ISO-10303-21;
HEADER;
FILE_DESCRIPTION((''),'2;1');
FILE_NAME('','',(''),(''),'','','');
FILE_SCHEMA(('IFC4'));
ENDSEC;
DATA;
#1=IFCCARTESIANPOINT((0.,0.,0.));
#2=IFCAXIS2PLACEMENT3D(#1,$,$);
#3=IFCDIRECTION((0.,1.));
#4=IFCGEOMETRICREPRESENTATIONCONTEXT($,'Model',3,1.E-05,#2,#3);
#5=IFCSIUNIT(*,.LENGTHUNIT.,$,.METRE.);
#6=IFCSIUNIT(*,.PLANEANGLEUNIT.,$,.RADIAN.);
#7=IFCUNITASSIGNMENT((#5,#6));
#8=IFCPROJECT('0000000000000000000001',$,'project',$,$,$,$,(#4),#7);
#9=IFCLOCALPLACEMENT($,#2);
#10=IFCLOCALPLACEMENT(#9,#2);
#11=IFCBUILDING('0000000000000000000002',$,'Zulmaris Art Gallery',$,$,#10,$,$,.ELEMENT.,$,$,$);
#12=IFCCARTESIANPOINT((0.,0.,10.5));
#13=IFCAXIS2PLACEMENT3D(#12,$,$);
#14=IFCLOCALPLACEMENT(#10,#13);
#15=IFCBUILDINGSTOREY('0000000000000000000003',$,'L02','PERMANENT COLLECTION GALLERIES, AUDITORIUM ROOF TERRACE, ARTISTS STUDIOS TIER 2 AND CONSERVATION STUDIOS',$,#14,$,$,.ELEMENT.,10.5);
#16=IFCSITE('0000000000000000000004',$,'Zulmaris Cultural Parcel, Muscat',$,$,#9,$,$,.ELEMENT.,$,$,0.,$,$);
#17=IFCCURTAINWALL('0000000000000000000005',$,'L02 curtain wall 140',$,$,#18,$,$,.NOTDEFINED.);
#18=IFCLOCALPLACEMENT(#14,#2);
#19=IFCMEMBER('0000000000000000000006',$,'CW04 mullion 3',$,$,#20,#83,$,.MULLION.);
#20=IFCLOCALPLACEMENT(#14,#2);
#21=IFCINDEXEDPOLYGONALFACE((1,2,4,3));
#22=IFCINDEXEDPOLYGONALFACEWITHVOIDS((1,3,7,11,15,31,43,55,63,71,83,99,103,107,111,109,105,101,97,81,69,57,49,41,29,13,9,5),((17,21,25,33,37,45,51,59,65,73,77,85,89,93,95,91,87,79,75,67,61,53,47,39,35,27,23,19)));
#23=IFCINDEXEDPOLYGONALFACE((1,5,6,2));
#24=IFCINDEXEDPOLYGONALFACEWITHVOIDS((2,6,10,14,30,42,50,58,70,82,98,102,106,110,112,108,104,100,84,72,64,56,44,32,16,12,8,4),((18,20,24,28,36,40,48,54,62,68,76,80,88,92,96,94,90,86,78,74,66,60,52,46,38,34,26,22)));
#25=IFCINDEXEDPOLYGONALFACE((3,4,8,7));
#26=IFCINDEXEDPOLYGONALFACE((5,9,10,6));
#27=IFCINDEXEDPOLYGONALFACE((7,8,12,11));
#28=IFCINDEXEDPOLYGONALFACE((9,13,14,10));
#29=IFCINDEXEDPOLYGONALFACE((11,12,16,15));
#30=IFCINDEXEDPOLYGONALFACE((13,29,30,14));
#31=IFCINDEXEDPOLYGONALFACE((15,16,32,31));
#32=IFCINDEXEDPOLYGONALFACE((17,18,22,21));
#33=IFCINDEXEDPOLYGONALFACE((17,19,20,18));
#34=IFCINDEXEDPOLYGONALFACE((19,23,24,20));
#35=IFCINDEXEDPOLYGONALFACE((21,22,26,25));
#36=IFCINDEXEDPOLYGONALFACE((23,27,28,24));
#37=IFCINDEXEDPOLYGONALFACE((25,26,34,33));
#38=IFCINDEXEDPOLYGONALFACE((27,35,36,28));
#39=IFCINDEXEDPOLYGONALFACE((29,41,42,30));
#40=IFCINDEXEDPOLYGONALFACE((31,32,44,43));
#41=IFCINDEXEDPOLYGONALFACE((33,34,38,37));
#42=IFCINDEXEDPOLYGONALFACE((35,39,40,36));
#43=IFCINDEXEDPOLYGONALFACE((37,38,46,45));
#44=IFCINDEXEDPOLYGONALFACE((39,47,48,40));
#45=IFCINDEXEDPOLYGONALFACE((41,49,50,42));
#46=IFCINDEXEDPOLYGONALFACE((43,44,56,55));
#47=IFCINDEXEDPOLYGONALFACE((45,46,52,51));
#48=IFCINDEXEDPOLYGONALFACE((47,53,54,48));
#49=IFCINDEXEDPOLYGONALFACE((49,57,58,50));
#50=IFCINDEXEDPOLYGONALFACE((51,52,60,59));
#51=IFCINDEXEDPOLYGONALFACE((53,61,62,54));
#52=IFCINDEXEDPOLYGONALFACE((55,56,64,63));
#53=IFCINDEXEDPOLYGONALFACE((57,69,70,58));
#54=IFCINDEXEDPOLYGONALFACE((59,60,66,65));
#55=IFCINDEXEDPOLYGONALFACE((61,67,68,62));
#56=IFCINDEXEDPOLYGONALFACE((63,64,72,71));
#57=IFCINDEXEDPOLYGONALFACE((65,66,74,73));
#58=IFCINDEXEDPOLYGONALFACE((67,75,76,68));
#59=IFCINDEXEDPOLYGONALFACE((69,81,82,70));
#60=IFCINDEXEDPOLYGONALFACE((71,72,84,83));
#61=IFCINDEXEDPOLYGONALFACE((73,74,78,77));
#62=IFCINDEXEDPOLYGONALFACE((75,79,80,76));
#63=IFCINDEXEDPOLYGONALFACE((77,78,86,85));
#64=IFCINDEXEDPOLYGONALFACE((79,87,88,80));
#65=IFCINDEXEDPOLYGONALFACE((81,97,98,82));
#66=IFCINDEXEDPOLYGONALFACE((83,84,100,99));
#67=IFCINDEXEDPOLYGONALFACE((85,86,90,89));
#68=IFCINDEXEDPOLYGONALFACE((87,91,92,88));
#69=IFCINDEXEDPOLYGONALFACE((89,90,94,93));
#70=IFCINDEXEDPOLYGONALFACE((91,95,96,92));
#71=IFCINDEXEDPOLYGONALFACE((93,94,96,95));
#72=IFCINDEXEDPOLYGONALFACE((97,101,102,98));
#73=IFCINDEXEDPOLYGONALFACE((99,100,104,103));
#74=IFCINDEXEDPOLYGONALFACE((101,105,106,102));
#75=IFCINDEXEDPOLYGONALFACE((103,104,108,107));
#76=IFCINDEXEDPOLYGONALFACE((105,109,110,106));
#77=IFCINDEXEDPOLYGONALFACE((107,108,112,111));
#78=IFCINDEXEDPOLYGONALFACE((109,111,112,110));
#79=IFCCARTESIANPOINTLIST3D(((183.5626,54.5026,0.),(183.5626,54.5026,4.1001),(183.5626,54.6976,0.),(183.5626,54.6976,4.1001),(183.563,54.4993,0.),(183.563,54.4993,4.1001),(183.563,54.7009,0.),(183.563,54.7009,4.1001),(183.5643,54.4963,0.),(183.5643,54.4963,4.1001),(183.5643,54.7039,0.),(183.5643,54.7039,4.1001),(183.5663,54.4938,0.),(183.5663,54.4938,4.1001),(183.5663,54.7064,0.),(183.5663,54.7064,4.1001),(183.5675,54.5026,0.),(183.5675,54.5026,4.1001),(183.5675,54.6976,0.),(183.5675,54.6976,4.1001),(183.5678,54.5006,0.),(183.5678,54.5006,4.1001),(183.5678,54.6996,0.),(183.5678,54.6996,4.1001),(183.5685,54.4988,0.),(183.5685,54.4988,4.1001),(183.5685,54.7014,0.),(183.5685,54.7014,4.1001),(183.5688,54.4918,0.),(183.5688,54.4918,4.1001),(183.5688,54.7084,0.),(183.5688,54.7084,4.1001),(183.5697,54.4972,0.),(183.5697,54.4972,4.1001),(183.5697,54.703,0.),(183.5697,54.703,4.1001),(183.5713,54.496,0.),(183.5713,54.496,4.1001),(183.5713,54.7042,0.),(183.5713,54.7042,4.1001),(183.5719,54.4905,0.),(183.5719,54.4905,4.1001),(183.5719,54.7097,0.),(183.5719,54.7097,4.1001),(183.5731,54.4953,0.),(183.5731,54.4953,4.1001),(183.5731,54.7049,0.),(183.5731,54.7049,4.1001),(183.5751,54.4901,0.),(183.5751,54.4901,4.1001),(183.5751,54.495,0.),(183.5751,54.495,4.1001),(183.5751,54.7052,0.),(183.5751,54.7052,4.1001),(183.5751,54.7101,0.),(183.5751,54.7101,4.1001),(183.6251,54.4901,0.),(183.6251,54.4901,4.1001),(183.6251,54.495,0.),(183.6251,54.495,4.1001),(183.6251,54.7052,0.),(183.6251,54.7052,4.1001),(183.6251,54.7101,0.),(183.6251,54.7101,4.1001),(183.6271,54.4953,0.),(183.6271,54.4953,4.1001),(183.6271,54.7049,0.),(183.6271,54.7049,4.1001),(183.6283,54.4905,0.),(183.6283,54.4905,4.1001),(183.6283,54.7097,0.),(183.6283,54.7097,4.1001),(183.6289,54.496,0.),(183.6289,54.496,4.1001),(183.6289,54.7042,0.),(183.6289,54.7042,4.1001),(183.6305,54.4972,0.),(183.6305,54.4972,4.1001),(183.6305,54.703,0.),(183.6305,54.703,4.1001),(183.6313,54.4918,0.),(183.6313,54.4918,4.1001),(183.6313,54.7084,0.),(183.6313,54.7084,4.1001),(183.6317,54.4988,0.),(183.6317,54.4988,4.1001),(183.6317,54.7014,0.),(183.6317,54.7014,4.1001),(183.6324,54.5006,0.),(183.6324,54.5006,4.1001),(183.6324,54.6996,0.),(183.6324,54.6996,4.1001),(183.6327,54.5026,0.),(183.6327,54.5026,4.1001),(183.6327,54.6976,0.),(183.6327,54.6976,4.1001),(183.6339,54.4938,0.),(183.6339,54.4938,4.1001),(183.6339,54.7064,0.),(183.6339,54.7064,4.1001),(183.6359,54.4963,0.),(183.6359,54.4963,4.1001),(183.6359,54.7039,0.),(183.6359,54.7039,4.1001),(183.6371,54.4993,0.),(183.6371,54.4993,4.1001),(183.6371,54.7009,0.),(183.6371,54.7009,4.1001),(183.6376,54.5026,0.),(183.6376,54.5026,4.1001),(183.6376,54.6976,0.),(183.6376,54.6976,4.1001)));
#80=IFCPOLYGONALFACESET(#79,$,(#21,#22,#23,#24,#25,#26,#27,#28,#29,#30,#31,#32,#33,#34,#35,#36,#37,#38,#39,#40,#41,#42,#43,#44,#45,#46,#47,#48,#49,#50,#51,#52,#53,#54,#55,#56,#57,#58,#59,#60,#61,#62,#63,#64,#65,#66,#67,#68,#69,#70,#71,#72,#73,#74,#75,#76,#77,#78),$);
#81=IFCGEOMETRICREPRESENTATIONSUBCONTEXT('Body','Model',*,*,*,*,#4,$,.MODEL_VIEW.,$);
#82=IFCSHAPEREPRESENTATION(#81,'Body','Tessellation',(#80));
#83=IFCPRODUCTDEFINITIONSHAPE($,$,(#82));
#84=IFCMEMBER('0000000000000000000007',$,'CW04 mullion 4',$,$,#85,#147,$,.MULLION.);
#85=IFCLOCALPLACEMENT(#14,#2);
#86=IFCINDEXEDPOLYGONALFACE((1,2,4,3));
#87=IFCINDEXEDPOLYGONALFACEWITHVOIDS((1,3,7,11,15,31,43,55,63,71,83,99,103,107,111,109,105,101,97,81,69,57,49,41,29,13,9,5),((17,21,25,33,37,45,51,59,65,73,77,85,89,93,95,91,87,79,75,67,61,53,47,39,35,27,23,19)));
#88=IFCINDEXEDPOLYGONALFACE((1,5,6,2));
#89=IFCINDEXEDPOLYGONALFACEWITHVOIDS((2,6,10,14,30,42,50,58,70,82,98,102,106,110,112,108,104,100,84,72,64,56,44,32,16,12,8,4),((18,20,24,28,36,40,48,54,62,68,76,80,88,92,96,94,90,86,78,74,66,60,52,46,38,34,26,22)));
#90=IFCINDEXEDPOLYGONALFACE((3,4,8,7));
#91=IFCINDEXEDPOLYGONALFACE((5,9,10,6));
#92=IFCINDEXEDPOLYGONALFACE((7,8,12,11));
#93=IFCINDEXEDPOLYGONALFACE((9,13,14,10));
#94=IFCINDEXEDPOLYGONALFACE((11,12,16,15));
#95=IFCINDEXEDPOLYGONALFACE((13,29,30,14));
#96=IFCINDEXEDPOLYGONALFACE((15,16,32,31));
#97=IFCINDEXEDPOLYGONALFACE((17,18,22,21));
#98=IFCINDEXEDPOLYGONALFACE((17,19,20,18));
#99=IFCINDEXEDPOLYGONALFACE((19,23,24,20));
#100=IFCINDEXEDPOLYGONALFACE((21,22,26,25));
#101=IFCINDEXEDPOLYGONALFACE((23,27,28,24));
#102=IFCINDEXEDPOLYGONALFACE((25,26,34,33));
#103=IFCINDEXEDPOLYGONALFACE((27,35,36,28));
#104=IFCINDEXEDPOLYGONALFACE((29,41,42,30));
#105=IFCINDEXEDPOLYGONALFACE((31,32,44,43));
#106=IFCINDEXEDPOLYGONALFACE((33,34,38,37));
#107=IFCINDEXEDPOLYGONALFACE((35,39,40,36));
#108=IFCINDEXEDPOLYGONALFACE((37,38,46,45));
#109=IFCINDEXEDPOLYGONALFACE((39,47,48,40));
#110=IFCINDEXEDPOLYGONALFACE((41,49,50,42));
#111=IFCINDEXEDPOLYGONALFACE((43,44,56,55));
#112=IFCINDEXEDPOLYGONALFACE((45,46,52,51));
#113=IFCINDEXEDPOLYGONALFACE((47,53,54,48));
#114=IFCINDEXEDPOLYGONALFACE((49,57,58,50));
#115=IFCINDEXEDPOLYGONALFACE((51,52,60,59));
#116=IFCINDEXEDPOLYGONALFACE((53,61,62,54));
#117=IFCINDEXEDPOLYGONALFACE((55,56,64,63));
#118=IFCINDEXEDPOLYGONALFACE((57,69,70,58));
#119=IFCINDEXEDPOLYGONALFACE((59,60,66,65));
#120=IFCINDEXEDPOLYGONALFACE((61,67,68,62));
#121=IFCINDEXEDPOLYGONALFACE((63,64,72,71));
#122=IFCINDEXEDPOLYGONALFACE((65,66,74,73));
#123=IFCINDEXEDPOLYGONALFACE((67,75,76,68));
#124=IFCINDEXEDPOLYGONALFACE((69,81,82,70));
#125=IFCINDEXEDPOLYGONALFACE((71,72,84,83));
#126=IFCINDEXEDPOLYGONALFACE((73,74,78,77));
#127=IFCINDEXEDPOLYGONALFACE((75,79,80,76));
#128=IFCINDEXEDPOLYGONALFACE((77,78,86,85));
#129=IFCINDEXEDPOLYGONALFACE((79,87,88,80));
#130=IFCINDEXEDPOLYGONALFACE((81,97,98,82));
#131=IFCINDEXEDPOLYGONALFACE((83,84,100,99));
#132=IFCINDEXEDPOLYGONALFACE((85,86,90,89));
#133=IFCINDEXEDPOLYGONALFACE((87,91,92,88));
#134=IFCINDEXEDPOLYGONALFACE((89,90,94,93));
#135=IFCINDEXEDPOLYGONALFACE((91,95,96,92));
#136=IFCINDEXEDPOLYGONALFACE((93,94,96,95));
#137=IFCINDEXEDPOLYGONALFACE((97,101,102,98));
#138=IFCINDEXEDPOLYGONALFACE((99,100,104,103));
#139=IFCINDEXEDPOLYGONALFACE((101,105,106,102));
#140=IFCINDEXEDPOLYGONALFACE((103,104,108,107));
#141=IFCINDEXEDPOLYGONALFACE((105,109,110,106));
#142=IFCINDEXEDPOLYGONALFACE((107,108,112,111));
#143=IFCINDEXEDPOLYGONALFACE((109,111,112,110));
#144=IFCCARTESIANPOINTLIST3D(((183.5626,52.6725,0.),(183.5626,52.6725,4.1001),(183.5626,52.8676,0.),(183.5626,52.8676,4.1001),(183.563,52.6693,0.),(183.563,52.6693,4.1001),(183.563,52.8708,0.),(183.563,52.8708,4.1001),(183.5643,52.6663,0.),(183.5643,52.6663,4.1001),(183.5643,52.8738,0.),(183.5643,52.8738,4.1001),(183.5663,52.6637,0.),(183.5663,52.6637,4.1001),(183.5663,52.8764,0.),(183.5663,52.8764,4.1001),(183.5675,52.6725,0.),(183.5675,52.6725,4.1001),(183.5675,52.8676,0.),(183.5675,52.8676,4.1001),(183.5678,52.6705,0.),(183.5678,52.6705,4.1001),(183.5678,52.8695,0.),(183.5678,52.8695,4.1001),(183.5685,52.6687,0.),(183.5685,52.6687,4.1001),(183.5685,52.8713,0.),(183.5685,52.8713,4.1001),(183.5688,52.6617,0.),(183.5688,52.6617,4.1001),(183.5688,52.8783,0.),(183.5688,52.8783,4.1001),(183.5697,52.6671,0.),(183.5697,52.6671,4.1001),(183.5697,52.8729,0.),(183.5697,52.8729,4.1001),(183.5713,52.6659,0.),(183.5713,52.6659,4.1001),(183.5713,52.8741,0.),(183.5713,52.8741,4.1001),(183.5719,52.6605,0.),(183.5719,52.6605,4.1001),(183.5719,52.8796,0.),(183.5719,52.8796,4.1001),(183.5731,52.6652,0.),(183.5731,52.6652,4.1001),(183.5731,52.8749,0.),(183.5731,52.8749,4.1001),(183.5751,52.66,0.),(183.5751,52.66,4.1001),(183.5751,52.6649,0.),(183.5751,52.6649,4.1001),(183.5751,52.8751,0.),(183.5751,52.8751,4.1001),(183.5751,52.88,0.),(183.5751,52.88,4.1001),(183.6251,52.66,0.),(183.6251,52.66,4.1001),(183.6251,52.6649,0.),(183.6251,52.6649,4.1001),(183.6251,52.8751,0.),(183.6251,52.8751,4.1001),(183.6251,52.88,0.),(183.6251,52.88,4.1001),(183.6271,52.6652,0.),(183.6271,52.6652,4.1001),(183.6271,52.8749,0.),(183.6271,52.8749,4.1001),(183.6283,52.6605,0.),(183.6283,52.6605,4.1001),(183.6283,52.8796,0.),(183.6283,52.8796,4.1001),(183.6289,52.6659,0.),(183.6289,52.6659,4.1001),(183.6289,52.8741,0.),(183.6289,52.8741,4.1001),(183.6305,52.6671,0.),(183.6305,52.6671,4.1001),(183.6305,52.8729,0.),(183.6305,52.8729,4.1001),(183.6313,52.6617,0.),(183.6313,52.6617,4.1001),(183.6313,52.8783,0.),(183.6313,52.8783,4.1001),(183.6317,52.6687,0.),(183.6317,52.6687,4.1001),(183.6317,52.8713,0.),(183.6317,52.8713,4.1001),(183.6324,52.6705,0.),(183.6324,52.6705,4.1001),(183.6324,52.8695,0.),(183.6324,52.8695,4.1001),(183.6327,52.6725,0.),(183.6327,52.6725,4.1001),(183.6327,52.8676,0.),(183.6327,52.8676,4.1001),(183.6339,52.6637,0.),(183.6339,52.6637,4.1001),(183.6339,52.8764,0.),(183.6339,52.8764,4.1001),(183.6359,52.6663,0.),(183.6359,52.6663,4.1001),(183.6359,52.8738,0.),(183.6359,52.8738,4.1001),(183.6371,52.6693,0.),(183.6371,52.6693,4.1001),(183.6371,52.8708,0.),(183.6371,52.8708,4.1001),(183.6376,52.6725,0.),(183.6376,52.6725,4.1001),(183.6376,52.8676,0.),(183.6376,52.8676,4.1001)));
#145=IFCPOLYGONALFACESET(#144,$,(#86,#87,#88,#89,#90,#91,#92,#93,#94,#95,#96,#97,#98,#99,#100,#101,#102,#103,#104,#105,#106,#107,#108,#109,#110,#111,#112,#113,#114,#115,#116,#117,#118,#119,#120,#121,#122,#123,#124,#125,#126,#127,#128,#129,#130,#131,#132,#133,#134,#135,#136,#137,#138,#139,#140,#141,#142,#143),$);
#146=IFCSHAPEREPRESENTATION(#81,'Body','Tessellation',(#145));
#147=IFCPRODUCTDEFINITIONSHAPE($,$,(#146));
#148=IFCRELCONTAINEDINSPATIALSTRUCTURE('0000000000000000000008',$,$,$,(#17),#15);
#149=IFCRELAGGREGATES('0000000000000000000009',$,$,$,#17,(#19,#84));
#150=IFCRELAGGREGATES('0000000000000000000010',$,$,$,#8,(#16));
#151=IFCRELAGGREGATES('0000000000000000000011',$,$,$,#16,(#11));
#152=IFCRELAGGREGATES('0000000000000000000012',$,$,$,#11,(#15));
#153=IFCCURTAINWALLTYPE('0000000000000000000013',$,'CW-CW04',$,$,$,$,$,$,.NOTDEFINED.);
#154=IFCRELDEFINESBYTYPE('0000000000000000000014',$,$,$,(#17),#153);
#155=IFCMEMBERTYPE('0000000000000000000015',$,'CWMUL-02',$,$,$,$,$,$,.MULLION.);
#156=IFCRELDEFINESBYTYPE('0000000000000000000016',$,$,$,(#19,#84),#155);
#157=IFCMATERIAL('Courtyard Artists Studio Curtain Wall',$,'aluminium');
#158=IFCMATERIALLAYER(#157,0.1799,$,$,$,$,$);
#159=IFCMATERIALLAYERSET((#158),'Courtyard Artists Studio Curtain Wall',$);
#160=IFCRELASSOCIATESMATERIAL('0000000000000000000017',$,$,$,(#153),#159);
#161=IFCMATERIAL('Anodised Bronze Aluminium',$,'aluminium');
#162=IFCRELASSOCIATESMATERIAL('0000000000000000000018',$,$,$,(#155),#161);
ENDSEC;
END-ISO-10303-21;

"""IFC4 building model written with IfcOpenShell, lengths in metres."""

from ifc_helpers import new_model, si_unit, direction, frame, origin, origin_2d, place, context, subcontext, project, spatial, hollow_rectangle, extrude, material, layer, layer_set, material_profile, profile_set, type_object, element, aggregate, save


model = new_model("IFC4")

# Units and contexts
model_context = context("Model", 3, precision=1e-05, world=origin(), true_north=direction((0.0, 1.0)))
body_context = subcontext(model_context, "Body", "Model", "MODEL_VIEW")
ifc_project = project(units=[si_unit("LENGTHUNIT", "METRE"), si_unit("PLANEANGLEUNIT", "RADIAN")], contexts=[model_context])

# Site, building, storey
site_placement = place(None, origin())
site = spatial("IfcSite", under=ifc_project, at=site_placement, Name="Zulmaris Cultural Parcel, Muscat", CompositionType="ELEMENT", RefElevation=0.0)
building_placement = place(site_placement, origin())
building = spatial("IfcBuilding", under=site, at=building_placement, Name="Zulmaris Art Gallery", CompositionType="ELEMENT")
storey_placement = place(building_placement, frame((0.0, 0.0, 10.5)))
storey = spatial("IfcBuildingStorey", under=building, at=storey_placement, Name="L02", Description="PERMANENT COLLECTION GALLERIES, AUDITORIUM ROOF TERRACE, ARTISTS STUDIOS TIER 2 AND CONSERVATION STUDIOS", CompositionType="ELEMENT", Elevation=10.5)

# Curtain wall, members
ifc_material_1 = material(Name="Courtyard Artists Studio Curtain Wall", Category="aluminium")
ifc_layer_1 = layer(ifc_material_1, 0.1799)
ifc_layer_set_1 = layer_set([ifc_layer_1], Name="Courtyard Artists Studio Curtain Wall")
curtain_wall_type = type_object("IfcCurtainWallType", Name="CW-CW04", PredefinedType="NOTDEFINED", material=ifc_layer_set_1)
curtain_wall_placement = place(storey_placement, origin())
curtain_wall = element("IfcCurtainWall", 1, at=curtain_wall_placement, inside=storey, type_object=curtain_wall_type, Name="L02 curtain wall 140", PredefinedType="NOTDEFINED")
ifc_material_2 = material(Name="Anodised Bronze Aluminium", Category="aluminium")
ifc_material_profile_1 = material_profile(ifc_material_2, hollow_rectangle(XDim=0.075, YDim=0.22, WallThickness=0.0049, InnerFilletRadius=0.0076, OuterFilletRadius=0.0125, at=origin_2d()), Name="ALU 75x220x5")
ifc_profile_set_1 = profile_set([ifc_material_profile_1], Name="Anodised Bronze Aluminium")
member_type_1 = type_object("IfcMemberType", Name="CWMUL-02", PredefinedType="MULLION", material=ifc_profile_set_1)
member_1_placement = place(storey_placement, frame((183.6001, 54.6001, 0.0), z_axis=(0.0, 0.0, 1.0), x_axis=(1.0, 0.0, 0.0)))
member_1 = element("IfcMember", 2, at=member_1_placement, type_object=member_type_1, Name="CW04 mullion 3", PredefinedType="MULLION", context=body_context, shape_type="SweptSolid", body=[
    extrude(hollow_rectangle(XDim=0.075, YDim=0.22, WallThickness=0.0049, InnerFilletRadius=0.0076, OuterFilletRadius=0.0125, at=origin_2d()), origin(), (0.0, 0.0, 1.0), 4.1001),
])
member_2_placement = place(storey_placement, frame((183.6001, 52.77, 0.0), z_axis=(0.0, 0.0, 1.0), x_axis=(1.0, 0.0, 0.0)))
member_2 = element("IfcMember", 3, at=member_2_placement, type_object=member_type_1, Name="CW04 mullion 4", PredefinedType="MULLION", context=body_context, shape_type="SweptSolid", body=[
    extrude(hollow_rectangle(XDim=0.075, YDim=0.22, WallThickness=0.0049, InnerFilletRadius=0.0076, OuterFilletRadius=0.0125, at=origin_2d()), origin(), (0.0, 0.0, 1.0), 4.1001),
])
aggregate(curtain_wall, [member_1, member_2])

save(model, "model.ifc")
